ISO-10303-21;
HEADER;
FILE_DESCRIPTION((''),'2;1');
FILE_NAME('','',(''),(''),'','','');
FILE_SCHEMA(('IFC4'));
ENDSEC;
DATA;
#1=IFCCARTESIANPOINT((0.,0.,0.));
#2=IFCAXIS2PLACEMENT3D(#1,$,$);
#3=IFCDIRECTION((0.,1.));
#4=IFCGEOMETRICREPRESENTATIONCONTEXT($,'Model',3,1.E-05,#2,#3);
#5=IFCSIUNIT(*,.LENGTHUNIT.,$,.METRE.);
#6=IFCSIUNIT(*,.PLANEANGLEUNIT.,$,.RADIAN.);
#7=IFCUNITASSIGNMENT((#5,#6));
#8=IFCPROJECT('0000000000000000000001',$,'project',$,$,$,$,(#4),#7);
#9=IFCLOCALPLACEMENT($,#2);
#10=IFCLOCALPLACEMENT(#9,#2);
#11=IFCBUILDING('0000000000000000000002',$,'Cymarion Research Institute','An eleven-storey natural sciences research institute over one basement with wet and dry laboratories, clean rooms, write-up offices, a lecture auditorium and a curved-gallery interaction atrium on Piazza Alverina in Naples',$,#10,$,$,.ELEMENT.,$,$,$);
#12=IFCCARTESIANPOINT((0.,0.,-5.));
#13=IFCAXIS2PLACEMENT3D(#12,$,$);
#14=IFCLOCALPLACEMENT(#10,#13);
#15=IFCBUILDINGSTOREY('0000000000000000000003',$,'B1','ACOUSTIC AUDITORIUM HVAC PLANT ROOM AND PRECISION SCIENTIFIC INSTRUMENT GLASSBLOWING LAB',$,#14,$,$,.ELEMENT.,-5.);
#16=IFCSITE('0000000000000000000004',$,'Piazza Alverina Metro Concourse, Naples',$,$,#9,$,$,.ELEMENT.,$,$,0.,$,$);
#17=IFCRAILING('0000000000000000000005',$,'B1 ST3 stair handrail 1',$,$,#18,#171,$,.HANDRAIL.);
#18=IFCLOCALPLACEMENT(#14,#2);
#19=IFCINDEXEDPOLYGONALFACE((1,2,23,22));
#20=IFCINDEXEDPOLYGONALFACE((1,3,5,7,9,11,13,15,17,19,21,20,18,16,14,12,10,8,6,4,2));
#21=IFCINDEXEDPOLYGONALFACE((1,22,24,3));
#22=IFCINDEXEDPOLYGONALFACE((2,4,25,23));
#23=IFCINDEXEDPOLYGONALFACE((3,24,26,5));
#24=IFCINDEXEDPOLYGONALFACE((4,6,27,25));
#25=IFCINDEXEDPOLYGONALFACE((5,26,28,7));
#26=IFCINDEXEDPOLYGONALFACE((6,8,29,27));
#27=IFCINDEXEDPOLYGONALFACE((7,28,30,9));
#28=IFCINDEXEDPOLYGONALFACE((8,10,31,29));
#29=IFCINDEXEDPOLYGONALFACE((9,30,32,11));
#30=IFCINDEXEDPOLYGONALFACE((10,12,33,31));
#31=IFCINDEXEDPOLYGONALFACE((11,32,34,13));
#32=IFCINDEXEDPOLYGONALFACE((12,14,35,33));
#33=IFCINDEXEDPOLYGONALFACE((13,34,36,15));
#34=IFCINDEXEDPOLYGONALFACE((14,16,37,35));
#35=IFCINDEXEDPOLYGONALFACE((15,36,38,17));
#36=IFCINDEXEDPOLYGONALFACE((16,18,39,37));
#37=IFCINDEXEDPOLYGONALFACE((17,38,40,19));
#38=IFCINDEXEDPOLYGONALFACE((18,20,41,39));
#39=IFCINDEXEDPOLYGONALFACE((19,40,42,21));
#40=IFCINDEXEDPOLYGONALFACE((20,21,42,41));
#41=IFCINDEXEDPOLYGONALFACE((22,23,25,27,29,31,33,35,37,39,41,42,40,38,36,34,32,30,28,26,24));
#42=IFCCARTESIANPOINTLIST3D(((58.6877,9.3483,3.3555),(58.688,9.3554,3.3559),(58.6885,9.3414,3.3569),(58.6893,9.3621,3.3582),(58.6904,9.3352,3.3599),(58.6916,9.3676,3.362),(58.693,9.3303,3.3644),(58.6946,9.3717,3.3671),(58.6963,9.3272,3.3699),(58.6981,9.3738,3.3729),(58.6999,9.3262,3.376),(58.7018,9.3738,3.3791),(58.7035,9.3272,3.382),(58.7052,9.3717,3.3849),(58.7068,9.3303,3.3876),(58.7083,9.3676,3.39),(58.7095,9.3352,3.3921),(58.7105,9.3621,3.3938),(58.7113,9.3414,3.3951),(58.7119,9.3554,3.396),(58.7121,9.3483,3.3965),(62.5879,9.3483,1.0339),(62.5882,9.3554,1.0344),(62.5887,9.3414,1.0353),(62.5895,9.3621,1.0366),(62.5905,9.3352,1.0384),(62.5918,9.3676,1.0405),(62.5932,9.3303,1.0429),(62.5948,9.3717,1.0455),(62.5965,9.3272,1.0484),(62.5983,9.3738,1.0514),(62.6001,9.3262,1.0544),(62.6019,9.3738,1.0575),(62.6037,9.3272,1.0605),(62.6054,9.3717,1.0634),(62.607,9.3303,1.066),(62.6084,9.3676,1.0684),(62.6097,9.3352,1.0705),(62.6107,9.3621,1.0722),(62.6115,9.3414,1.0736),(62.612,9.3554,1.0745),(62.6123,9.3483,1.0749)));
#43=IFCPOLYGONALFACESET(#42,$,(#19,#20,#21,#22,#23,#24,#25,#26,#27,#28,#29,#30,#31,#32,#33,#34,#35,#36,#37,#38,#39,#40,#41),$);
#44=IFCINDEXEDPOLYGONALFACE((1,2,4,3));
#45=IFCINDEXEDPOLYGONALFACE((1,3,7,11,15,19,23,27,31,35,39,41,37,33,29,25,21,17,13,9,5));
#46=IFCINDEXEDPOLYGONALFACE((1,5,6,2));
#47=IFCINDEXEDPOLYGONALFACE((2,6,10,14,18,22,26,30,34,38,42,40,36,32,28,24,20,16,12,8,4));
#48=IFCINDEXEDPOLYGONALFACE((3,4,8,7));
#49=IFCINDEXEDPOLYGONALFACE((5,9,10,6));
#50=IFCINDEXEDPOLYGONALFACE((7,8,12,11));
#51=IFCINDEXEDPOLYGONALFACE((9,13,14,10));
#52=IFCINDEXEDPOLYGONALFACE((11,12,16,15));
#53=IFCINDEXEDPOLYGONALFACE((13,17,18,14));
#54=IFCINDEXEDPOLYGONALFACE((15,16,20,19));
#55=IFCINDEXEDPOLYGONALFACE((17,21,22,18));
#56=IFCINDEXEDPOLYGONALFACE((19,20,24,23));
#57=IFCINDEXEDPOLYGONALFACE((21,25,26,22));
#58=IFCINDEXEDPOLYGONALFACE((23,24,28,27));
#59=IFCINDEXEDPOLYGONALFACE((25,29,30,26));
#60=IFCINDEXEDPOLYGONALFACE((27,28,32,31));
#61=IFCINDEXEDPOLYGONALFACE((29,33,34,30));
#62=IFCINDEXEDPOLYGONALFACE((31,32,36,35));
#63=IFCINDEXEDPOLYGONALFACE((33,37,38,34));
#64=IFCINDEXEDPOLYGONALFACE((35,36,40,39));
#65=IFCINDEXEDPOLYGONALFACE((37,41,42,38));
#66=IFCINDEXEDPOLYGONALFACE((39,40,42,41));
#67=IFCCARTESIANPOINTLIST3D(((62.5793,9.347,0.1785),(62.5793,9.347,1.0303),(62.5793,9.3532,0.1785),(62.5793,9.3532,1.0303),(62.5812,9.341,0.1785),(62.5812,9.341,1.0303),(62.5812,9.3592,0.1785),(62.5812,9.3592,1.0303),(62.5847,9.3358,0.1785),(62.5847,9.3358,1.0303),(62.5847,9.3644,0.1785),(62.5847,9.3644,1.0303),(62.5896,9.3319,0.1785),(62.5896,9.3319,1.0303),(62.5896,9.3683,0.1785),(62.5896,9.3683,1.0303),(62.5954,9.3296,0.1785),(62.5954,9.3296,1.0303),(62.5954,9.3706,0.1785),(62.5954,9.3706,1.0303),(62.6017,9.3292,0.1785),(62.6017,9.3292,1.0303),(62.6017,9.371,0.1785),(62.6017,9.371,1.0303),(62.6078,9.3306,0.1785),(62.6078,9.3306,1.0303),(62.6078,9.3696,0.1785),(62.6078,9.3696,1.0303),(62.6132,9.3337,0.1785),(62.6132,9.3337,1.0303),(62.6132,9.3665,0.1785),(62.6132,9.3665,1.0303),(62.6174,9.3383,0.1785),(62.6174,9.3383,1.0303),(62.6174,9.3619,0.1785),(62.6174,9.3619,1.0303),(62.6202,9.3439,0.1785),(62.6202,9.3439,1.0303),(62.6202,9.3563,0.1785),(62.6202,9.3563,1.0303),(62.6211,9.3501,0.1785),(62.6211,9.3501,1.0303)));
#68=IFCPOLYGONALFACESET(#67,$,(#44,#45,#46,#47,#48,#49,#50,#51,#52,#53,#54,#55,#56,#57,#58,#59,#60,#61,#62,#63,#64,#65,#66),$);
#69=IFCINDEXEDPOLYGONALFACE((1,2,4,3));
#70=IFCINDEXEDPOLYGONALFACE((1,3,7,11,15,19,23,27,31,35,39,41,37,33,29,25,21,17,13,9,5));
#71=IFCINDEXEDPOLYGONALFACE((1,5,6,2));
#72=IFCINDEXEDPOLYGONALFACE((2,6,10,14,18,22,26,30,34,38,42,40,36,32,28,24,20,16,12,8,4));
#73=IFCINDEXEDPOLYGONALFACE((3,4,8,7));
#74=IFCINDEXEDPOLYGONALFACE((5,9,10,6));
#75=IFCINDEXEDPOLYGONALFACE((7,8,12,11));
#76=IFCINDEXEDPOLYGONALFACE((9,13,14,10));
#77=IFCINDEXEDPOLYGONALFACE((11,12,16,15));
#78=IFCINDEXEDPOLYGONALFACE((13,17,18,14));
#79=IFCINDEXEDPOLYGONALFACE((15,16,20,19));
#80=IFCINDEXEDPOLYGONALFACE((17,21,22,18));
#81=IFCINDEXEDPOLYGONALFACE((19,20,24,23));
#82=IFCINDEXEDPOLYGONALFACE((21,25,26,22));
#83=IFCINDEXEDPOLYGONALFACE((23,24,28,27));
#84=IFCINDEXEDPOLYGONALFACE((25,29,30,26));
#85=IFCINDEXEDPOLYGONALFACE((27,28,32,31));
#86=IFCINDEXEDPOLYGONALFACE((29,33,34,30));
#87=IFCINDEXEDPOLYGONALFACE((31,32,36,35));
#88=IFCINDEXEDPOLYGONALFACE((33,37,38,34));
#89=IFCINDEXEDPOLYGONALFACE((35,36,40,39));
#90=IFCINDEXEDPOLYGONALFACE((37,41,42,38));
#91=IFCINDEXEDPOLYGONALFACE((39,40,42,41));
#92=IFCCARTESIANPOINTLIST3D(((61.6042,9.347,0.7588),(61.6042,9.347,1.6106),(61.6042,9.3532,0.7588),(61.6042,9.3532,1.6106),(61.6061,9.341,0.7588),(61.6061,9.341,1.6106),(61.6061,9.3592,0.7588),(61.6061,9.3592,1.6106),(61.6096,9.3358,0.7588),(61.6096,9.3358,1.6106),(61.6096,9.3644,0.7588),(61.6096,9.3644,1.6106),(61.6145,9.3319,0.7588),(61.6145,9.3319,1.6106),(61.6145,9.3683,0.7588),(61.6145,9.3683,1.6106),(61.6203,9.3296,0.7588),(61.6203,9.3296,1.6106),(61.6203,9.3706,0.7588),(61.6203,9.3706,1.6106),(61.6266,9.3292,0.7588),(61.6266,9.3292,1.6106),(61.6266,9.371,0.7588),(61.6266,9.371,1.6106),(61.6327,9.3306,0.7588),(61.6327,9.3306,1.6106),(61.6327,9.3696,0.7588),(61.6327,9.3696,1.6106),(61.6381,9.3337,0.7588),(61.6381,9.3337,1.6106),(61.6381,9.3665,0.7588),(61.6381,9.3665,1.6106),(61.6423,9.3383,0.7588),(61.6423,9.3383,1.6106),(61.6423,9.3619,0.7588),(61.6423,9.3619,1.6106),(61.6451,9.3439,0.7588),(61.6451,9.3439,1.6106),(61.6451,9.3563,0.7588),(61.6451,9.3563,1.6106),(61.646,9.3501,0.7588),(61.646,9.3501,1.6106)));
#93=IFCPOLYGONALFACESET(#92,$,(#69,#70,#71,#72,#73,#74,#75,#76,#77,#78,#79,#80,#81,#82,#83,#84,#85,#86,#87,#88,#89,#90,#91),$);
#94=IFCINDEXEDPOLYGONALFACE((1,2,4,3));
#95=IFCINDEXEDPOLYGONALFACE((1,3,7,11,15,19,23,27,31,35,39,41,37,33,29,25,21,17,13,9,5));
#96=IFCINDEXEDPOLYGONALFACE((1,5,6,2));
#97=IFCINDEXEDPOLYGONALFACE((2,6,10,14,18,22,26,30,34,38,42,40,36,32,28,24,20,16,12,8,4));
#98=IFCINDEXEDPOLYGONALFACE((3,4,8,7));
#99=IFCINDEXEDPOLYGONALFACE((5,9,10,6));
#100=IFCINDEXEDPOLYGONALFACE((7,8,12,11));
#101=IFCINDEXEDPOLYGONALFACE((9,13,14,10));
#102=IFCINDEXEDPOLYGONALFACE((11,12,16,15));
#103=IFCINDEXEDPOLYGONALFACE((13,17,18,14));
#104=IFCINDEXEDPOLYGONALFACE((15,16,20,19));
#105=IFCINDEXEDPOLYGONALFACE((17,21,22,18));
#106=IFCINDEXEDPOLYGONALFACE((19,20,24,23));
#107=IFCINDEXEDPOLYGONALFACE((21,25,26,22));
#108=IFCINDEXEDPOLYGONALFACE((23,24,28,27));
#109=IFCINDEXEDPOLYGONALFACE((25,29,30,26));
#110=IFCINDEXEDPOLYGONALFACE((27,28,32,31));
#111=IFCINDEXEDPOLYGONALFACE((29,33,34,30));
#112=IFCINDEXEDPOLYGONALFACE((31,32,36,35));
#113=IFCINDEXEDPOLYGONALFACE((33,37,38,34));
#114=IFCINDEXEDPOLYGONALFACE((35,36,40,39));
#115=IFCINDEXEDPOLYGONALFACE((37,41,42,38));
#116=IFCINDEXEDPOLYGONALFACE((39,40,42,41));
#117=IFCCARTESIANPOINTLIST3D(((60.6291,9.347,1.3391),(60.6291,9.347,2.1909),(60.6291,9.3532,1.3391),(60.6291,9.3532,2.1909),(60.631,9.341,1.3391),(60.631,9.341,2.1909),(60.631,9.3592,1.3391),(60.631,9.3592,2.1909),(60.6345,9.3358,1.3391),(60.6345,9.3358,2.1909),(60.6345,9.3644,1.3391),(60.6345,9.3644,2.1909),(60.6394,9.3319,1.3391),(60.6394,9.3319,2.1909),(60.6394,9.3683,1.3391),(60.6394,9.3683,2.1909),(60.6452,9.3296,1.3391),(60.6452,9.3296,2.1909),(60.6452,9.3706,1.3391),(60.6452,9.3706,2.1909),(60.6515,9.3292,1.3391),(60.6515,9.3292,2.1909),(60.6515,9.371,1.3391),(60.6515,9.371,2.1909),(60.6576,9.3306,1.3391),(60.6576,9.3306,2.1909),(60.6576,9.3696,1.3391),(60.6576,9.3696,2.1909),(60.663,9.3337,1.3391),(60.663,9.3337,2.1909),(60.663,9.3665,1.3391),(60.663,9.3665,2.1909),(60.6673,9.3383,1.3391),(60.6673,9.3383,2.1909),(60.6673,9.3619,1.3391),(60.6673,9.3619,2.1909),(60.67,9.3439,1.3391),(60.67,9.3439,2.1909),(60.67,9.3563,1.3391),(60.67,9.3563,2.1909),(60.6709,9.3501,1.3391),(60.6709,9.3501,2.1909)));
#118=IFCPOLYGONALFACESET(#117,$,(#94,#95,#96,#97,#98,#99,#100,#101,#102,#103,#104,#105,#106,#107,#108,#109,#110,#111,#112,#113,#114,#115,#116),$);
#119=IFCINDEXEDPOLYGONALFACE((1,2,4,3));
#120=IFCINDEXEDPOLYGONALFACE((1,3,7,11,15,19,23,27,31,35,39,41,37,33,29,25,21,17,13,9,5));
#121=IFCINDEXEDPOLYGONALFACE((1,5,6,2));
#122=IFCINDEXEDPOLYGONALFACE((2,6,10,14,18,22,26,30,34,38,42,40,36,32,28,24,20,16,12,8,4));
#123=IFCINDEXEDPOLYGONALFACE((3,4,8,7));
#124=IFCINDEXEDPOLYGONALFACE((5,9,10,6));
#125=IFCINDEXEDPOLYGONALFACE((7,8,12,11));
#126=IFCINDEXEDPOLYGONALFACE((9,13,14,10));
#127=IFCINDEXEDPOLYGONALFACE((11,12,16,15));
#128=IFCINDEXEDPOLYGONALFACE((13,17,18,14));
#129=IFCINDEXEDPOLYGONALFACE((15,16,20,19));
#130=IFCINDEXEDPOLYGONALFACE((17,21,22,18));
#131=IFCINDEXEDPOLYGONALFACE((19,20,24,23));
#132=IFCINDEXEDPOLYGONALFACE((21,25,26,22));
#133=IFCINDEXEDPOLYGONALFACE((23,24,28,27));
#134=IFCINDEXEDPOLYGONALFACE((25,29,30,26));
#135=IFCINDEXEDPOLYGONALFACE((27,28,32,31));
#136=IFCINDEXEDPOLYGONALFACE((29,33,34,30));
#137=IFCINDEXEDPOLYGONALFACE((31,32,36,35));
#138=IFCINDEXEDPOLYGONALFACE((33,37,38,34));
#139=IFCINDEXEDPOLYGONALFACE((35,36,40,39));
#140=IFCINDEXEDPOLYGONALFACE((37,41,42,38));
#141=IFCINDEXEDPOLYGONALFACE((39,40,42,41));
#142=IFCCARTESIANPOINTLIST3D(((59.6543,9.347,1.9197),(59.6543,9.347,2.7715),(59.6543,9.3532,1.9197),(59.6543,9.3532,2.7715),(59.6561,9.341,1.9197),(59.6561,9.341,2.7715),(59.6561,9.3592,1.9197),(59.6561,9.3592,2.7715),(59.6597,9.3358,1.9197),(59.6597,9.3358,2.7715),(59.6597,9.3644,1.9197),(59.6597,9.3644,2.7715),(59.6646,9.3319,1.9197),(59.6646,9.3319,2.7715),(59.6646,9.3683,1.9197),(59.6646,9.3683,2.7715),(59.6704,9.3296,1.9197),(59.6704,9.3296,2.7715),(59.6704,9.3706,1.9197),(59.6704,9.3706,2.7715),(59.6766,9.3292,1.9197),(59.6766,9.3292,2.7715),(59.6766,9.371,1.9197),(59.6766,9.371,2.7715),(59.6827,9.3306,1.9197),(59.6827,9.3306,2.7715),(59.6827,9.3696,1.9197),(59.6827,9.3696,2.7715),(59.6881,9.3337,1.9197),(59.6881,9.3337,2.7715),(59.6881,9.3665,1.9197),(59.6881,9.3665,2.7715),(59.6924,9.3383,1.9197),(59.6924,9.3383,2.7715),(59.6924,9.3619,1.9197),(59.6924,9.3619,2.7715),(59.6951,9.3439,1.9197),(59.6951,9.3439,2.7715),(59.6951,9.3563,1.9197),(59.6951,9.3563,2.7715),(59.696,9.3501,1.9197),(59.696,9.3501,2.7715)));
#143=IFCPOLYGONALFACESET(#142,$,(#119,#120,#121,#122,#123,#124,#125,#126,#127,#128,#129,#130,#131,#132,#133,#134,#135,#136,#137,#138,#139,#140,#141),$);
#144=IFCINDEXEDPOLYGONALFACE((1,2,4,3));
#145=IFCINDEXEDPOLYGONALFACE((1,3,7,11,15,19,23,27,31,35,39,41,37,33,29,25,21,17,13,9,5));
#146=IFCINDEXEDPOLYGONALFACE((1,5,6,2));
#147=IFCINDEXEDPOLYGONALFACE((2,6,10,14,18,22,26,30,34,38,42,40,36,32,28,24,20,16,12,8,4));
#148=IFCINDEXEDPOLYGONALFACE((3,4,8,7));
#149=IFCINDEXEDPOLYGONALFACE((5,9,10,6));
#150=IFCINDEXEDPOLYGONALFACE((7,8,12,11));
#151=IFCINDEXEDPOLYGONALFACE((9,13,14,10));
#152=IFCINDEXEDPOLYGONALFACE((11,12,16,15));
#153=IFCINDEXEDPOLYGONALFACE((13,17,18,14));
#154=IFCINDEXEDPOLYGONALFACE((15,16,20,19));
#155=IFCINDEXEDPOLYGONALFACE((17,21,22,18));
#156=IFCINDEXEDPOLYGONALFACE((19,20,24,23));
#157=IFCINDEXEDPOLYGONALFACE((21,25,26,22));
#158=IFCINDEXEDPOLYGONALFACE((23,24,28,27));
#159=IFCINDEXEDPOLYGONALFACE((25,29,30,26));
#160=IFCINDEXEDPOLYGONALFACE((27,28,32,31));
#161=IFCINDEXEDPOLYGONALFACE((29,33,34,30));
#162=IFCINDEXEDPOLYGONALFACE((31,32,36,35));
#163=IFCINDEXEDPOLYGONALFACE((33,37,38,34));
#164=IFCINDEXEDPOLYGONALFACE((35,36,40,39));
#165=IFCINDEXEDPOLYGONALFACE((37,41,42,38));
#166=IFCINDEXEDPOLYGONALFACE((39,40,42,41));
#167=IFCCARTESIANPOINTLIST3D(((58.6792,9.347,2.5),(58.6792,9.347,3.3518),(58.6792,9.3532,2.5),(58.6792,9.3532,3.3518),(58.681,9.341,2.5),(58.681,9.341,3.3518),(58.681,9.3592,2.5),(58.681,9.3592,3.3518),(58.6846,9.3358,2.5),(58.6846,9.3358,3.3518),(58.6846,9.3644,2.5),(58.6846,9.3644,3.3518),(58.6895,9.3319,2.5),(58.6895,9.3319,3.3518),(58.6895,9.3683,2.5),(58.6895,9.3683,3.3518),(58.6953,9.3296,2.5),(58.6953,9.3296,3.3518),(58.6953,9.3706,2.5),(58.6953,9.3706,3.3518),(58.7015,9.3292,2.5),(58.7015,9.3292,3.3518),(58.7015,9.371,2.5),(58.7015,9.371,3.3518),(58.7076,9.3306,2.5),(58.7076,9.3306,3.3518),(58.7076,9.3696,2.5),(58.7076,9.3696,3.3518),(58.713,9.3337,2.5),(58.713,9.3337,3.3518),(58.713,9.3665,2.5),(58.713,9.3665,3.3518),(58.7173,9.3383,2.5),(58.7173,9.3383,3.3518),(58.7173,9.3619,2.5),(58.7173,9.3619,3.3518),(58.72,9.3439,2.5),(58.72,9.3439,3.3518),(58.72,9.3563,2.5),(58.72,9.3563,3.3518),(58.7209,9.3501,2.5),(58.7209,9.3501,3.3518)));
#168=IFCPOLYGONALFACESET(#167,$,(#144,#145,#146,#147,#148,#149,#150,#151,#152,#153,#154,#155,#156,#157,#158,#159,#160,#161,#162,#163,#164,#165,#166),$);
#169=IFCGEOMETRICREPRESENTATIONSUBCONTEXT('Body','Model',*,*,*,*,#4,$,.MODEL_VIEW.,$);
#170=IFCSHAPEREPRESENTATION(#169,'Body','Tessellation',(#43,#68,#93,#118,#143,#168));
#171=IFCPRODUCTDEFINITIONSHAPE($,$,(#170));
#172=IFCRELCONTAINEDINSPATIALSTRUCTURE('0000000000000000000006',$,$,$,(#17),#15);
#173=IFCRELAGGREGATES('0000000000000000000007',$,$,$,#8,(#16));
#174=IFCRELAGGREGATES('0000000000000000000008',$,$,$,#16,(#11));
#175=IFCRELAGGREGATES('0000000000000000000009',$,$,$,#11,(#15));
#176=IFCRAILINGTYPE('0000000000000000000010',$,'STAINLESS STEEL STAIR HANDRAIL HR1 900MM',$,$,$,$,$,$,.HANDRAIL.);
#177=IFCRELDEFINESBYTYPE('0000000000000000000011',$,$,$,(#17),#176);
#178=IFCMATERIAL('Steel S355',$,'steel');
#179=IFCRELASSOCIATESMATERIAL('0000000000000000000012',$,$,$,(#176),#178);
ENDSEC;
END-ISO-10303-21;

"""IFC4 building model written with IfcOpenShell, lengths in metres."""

from ifc_helpers import new_model, si_unit, direction, frame, origin, origin_2d, place, context, subcontext, project, spatial, circle, extrude, material, type_object, element, save


model = new_model("IFC4")

# Units and contexts
model_context = context("Model", 3, precision=1e-05, world=origin(), true_north=direction((0.0, 1.0)))
body_context = subcontext(model_context, "Body", "Model", "MODEL_VIEW")
ifc_project = project(units=[si_unit("LENGTHUNIT", "METRE"), si_unit("PLANEANGLEUNIT", "RADIAN")], contexts=[model_context])

# Site, building, storey
site_placement = place(None, origin())
site = spatial("IfcSite", under=ifc_project, at=site_placement, Name="Piazza Alverina Metro Concourse, Naples", CompositionType="ELEMENT", RefElevation=0.0)
building_placement = place(site_placement, origin())
building = spatial("IfcBuilding", under=site, at=building_placement, Name="Cymarion Research Institute", Description="An eleven-storey natural sciences research institute over one basement with wet and dry laboratories, clean rooms, write-up offices, a lecture auditorium and a curved-gallery interaction atrium on Piazza Alverina in Naples", CompositionType="ELEMENT")
storey_placement = place(building_placement, frame((0.0, 0.0, -5.0)))
storey = spatial("IfcBuildingStorey", under=building, at=storey_placement, Name="B1", Description="ACOUSTIC AUDITORIUM HVAC PLANT ROOM AND PRECISION SCIENTIFIC INSTRUMENT GLASSBLOWING LAB", CompositionType="ELEMENT", Elevation=-5.0)

# Shared definitions
ifc_material_1 = material(Name="Steel S355", Category="steel")

# Railing
railing_type_1 = type_object("IfcRailingType", Name="STAINLESS STEEL STAIR HANDRAIL HR1 900MM", PredefinedType="HANDRAIL", material=ifc_material_1)
railing_1_placement = place(storey_placement, frame((62.6001, 9.3501, 0.1785)))
element("IfcRailing", 1, at=railing_1_placement, inside=storey, type_object=railing_type_1, Name="B1 ST3 stair handrail 1", PredefinedType="HANDRAIL", context=body_context, shape_type="SweptSolid", body=[
    extrude(circle(Radius=0.0239, at=origin_2d()), frame((0.0, 0.0, 0.876), z_axis=(-0.859291, 0.0, 0.511487), x_axis=(0.0, -1.0, 0.0)), (0.0, 0.0, 1.0), 4.5388),
    extrude(circle(Radius=0.021, at=origin_2d()), origin(), (0.0, 0.0, 1.0), 0.8518),
    extrude(circle(Radius=0.021, at=origin_2d()), frame((-0.9751, 0.0, 0.5803)), (0.0, 0.0, 1.0), 0.8518),
    extrude(circle(Radius=0.021, at=origin_2d()), frame((-1.9502, 0.0, 1.1606)), (0.0, 0.0, 1.0), 0.8518),
    extrude(circle(Radius=0.021, at=origin_2d()), frame((-2.925, 0.0, 1.7412)), (0.0, 0.0, 1.0), 0.8518),
    extrude(circle(Radius=0.021, at=origin_2d()), frame((-3.9001, 0.0, 2.3215)), (0.0, 0.0, 1.0), 0.8518),
])

save(model, "model.ifc")
